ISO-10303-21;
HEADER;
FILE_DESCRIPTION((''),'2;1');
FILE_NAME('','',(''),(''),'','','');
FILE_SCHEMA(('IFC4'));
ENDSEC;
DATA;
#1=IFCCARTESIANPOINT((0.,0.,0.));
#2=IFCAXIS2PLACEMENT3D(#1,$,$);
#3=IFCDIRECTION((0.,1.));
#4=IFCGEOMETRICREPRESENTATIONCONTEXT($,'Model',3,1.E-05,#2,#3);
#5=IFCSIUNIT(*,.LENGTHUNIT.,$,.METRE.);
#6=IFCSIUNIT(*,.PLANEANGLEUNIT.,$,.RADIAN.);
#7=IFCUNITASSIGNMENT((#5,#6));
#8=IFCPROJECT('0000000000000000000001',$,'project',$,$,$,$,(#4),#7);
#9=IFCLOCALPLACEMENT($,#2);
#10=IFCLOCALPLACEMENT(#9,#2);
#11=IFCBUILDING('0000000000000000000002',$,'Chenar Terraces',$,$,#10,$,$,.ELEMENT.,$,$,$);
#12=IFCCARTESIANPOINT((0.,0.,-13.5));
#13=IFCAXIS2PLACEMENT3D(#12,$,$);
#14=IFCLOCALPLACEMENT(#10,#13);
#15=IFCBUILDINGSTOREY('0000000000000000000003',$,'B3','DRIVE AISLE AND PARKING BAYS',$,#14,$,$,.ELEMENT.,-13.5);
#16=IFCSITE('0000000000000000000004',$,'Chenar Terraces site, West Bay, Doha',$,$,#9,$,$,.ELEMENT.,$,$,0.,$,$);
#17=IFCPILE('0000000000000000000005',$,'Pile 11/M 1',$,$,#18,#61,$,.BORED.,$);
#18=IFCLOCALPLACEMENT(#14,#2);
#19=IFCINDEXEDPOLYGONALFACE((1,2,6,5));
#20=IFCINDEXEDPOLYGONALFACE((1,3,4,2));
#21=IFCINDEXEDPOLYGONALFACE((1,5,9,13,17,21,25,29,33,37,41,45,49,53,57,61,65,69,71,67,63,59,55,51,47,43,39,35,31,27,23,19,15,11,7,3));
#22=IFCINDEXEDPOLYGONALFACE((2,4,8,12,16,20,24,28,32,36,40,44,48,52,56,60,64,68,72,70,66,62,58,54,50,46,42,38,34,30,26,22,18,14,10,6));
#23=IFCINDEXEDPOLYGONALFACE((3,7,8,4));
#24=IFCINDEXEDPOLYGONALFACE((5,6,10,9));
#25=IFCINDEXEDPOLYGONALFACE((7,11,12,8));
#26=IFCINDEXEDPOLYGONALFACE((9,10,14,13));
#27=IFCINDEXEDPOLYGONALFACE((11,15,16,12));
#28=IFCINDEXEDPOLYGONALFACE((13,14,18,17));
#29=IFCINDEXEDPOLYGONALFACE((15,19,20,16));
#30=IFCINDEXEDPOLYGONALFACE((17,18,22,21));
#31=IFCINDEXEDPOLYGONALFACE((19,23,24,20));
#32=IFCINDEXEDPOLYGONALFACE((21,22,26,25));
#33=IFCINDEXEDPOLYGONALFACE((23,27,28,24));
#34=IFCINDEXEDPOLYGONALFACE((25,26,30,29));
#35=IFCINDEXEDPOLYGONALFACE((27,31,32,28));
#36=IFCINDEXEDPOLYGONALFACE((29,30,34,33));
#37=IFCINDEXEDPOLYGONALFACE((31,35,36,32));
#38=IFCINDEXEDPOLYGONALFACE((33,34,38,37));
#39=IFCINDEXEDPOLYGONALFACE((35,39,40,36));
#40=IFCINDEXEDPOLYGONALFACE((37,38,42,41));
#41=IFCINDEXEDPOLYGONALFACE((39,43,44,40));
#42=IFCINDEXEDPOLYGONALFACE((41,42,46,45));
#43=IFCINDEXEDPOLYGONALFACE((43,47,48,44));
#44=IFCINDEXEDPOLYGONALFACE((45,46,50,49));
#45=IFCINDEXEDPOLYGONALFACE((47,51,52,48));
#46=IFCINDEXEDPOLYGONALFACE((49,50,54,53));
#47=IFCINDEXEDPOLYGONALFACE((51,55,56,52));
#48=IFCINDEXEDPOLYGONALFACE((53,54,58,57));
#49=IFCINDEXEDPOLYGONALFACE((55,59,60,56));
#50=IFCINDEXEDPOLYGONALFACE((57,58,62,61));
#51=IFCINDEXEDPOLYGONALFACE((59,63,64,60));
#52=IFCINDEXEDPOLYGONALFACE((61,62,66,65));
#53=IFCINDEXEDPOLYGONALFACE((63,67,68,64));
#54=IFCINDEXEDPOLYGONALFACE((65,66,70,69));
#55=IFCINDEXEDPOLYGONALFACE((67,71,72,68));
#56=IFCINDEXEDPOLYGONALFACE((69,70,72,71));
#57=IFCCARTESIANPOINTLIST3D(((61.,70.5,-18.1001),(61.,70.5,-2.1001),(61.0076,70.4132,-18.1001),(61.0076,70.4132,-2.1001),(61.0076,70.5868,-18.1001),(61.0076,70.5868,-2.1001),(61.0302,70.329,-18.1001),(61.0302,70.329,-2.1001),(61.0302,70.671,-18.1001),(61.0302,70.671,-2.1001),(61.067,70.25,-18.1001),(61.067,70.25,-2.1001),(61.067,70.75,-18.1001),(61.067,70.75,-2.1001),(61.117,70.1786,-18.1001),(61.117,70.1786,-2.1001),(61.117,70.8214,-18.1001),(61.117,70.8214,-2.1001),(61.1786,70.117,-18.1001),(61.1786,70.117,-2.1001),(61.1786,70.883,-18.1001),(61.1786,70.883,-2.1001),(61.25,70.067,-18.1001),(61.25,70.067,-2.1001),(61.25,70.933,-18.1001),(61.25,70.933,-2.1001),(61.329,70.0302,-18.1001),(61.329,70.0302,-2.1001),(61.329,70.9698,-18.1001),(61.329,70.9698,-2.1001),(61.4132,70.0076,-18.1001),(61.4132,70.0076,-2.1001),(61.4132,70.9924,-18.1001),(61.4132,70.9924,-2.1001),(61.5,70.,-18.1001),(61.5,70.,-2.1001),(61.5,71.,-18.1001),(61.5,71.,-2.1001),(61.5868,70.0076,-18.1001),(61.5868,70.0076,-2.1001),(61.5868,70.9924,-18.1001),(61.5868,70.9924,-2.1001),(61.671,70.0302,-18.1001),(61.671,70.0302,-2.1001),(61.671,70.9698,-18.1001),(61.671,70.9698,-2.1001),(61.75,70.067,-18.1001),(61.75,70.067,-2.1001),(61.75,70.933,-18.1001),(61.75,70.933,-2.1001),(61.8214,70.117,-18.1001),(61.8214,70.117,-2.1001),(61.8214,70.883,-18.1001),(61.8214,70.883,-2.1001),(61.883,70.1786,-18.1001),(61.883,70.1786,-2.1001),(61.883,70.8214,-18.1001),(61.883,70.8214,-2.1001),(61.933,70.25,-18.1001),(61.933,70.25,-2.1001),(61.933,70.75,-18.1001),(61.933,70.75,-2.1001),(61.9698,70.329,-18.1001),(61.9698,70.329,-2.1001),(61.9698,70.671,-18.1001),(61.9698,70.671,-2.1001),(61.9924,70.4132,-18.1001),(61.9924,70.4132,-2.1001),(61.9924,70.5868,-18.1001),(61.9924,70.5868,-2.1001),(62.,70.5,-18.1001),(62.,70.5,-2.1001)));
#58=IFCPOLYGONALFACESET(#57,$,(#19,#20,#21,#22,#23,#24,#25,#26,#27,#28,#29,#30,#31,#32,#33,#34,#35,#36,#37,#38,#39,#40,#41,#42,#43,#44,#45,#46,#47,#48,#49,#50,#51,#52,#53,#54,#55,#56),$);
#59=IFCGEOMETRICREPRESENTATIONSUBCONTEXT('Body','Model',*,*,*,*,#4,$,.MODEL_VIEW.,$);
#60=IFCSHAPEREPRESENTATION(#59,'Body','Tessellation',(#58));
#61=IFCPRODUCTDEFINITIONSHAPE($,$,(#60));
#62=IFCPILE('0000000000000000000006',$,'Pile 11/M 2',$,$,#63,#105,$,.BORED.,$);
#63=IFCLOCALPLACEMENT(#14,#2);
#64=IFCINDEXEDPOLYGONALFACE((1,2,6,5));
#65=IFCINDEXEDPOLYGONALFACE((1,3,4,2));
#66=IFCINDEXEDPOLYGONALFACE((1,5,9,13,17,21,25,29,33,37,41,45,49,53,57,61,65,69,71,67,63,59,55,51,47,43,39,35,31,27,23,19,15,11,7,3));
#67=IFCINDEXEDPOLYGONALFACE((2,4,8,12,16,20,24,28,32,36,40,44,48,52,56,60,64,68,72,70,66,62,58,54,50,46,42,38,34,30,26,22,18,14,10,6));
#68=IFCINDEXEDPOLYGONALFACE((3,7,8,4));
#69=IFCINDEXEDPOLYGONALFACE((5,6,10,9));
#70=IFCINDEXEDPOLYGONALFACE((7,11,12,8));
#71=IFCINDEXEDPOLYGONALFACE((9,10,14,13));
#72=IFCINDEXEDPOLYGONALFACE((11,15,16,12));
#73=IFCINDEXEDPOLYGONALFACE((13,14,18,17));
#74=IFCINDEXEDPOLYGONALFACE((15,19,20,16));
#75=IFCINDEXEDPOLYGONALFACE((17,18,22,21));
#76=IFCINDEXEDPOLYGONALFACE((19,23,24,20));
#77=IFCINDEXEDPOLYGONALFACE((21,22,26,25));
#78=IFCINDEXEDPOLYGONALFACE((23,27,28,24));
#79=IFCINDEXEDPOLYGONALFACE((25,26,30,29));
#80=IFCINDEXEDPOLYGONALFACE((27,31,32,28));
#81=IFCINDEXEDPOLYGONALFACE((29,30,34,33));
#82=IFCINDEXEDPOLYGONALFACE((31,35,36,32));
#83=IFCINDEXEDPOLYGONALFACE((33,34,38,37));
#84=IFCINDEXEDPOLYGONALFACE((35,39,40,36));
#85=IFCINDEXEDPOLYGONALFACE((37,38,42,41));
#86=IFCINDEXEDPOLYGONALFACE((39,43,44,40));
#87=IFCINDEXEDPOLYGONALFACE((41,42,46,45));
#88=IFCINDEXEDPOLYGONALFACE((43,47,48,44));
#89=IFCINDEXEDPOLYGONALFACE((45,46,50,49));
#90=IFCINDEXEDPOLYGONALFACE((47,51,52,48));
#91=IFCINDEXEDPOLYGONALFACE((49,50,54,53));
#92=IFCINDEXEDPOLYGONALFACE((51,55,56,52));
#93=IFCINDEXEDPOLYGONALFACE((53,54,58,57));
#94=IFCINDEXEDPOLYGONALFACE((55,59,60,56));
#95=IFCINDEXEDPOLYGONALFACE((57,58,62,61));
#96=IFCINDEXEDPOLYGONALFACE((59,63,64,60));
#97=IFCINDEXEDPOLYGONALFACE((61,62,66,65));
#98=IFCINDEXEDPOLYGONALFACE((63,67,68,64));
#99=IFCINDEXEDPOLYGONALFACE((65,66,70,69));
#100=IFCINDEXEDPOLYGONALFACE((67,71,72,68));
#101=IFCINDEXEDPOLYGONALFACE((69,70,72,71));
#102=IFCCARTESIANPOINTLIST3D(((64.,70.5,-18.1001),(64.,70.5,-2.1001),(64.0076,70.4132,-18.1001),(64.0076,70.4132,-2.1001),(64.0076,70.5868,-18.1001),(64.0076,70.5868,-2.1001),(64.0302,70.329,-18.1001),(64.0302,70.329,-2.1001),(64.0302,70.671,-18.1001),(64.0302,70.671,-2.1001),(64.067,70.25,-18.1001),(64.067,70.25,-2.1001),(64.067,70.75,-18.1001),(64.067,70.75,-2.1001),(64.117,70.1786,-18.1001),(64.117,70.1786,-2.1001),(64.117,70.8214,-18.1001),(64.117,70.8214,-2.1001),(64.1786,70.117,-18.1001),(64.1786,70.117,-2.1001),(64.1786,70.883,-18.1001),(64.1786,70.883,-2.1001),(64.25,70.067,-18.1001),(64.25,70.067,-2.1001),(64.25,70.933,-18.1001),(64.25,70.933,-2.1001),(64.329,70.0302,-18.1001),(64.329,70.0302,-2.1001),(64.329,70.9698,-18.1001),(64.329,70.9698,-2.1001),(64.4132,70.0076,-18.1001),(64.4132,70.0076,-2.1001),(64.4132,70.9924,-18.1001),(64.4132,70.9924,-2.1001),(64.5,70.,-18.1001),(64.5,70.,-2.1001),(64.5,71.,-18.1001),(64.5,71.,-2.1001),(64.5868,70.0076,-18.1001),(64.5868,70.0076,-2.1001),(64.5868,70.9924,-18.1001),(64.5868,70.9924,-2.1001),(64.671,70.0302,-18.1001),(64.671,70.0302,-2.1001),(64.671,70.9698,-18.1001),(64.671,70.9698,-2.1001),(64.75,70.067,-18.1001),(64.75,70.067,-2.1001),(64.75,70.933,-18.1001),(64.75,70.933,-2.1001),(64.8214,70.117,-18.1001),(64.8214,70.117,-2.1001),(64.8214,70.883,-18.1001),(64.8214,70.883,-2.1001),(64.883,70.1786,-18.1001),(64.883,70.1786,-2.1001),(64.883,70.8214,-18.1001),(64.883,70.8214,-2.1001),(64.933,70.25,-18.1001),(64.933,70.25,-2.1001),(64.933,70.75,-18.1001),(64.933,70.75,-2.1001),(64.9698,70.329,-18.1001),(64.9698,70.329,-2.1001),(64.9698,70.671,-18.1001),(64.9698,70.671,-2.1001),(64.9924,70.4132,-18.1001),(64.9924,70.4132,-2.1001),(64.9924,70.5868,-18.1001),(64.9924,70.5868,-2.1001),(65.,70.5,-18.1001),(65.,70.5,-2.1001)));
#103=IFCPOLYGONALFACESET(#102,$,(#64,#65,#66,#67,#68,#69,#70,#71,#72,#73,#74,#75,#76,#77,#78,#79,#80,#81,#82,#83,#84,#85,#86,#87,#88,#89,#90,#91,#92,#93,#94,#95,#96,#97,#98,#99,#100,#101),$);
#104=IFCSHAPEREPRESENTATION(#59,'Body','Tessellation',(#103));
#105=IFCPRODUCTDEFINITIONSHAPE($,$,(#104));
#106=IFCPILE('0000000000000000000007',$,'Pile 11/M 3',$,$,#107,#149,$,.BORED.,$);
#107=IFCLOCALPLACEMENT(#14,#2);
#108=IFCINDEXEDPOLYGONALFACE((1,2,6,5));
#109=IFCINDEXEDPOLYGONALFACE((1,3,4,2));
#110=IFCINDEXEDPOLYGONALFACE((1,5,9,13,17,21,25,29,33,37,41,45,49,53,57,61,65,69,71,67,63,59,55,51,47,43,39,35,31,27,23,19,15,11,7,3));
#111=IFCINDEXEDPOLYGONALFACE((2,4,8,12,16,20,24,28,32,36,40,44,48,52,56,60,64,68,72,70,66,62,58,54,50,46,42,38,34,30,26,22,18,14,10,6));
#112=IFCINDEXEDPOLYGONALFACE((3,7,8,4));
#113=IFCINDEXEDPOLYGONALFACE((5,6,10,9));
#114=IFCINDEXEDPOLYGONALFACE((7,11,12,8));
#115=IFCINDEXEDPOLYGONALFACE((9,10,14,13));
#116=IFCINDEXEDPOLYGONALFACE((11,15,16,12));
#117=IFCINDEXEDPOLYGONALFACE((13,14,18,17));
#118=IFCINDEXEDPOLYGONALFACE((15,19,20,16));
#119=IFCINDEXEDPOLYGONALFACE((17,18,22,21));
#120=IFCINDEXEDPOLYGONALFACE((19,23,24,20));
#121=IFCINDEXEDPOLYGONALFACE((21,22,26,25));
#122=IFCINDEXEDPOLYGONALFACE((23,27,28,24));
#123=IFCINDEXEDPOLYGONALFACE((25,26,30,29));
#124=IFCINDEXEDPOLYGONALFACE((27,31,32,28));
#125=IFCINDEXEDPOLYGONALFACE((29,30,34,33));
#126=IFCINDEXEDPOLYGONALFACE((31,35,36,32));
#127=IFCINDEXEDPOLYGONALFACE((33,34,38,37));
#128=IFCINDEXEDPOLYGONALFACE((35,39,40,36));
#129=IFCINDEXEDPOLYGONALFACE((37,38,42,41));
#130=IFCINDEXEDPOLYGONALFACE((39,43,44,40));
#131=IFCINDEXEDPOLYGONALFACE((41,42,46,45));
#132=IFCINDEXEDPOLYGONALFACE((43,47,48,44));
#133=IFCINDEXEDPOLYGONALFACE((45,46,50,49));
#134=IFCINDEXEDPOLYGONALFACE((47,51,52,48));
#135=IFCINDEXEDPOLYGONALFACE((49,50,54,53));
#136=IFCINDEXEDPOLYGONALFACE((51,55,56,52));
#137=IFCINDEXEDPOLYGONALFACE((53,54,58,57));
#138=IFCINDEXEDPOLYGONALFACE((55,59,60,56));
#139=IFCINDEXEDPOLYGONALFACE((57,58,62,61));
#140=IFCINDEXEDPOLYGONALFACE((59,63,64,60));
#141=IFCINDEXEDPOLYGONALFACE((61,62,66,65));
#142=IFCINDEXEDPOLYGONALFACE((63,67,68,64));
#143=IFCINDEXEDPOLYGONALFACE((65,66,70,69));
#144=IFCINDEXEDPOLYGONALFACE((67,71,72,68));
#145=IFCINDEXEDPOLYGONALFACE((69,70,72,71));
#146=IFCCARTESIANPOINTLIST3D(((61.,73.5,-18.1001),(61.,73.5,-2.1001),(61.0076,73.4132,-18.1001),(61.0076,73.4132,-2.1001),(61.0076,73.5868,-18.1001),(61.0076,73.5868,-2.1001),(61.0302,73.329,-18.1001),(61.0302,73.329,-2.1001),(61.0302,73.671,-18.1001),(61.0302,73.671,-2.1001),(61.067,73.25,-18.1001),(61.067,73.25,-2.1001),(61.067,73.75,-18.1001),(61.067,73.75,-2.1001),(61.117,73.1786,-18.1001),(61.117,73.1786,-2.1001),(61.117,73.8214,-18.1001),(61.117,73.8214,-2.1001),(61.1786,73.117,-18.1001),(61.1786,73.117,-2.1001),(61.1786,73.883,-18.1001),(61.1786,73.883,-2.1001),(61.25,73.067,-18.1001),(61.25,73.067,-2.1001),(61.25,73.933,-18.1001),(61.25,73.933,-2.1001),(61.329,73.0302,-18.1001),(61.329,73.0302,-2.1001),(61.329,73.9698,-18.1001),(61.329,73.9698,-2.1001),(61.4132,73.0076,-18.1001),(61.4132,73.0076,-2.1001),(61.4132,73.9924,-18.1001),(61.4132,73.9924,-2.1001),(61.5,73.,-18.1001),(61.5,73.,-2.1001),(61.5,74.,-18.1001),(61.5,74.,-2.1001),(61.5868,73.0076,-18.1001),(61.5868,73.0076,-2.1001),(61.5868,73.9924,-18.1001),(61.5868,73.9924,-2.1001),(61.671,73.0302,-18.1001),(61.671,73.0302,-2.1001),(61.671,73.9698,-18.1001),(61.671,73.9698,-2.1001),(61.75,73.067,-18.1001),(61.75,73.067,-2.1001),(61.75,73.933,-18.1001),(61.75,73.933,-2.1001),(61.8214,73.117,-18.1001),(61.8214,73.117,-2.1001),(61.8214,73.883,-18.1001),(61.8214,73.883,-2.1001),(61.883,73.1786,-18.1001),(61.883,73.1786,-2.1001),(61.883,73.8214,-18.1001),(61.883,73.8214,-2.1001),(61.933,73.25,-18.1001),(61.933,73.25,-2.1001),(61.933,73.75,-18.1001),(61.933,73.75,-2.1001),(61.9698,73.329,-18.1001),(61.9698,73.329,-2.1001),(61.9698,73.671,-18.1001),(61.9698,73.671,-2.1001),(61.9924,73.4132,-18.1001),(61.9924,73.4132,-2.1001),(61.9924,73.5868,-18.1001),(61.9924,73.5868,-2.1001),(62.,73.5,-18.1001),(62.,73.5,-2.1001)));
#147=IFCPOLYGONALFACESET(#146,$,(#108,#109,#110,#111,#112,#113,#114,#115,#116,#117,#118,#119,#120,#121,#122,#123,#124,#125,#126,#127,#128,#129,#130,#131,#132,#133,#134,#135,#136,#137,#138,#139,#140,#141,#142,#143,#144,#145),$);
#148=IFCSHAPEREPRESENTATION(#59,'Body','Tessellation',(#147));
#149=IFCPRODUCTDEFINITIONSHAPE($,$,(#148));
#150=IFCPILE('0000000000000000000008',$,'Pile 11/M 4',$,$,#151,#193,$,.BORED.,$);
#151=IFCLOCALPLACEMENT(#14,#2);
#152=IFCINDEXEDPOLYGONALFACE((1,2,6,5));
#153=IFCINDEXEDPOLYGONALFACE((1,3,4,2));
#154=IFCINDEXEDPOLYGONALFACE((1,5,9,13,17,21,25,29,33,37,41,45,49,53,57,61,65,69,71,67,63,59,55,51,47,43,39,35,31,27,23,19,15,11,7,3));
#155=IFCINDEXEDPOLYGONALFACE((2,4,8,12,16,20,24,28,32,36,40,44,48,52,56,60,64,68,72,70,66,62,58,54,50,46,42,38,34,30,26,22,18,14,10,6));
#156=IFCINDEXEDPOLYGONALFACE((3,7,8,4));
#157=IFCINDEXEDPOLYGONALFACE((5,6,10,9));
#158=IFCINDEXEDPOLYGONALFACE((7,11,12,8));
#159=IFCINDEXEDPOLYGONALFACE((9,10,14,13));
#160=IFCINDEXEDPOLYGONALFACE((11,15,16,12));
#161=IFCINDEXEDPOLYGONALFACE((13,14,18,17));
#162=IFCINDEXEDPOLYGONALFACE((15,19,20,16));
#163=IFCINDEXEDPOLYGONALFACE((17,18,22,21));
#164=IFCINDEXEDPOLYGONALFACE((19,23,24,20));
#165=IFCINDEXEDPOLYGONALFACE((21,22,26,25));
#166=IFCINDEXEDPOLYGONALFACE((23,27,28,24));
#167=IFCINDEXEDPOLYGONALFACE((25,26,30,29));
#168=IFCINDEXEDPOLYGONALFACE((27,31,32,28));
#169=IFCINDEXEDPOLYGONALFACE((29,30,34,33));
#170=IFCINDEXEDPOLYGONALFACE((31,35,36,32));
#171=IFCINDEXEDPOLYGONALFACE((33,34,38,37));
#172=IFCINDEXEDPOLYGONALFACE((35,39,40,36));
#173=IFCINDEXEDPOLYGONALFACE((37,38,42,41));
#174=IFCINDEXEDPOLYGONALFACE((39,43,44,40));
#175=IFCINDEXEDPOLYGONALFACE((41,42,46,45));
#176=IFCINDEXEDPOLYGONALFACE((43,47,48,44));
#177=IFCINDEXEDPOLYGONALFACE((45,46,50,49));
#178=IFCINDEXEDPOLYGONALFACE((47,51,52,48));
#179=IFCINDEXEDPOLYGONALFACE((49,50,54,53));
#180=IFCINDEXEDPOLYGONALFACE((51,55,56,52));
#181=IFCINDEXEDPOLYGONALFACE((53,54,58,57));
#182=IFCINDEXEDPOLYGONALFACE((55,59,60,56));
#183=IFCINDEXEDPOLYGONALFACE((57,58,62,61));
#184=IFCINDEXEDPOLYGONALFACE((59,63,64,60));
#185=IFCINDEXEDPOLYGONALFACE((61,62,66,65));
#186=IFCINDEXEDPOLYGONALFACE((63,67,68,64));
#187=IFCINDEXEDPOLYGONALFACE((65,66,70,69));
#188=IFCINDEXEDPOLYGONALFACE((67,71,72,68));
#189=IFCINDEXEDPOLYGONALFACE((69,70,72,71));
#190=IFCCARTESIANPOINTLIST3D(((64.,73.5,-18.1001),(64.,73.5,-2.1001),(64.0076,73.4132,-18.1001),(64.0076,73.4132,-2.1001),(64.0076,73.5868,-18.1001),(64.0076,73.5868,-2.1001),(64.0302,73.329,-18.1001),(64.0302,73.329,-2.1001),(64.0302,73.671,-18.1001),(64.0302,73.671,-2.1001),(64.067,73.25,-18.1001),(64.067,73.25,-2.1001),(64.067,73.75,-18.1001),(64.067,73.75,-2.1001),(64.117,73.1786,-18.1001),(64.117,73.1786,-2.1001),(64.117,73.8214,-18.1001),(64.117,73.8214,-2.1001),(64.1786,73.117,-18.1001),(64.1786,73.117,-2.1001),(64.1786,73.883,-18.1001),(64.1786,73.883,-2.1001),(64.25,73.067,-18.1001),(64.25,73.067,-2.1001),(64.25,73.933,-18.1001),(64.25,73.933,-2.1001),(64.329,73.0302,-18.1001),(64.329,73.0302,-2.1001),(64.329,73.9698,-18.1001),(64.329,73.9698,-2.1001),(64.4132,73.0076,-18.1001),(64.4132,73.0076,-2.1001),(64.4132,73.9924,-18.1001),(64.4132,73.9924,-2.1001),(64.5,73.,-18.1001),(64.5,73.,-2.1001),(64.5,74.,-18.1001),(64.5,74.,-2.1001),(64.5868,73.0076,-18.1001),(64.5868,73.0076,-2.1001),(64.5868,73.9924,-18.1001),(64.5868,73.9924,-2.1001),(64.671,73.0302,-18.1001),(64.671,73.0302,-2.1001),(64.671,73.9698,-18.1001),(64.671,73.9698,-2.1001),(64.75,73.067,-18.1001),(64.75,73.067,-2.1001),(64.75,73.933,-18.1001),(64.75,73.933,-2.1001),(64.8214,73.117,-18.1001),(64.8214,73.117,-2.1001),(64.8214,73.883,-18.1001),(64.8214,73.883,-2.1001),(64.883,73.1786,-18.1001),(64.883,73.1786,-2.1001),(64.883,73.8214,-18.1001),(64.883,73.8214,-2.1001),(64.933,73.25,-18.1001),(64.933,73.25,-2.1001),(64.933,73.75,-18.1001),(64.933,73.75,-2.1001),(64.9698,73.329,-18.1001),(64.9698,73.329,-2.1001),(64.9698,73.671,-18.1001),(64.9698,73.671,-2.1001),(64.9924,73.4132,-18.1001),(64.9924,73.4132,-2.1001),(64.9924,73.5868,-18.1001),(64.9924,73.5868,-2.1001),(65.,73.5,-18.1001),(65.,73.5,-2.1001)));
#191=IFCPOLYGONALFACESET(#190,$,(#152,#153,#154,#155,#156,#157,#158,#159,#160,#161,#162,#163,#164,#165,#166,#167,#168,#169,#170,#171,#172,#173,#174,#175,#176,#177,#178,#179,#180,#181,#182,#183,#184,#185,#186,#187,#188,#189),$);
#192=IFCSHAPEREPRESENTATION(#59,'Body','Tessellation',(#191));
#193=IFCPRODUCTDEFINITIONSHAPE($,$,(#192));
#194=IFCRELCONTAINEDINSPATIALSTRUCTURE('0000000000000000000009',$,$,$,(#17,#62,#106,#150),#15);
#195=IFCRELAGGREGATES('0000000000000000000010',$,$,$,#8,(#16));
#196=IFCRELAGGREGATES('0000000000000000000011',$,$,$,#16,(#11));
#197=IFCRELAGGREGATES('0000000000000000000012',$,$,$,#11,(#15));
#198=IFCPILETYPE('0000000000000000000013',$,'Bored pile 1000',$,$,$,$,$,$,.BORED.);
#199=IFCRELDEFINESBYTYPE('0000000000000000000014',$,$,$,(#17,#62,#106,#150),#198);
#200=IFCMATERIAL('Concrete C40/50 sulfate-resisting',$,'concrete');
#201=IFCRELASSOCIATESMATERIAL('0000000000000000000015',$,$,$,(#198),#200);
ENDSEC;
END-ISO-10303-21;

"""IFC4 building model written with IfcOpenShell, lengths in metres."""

from ifc_helpers import new_model, si_unit, direction, frame, origin, origin_2d, place, context, subcontext, project, spatial, circle, extrude, material, material_profile, profile_set, type_object, element, save


model = new_model("IFC4")

# Units and contexts
model_context = context("Model", 3, precision=1e-05, world=origin(), true_north=direction((0.0, 1.0)))
body_context = subcontext(model_context, "Body", "Model", "MODEL_VIEW")
ifc_project = project(units=[si_unit("LENGTHUNIT", "METRE"), si_unit("PLANEANGLEUNIT", "RADIAN")], contexts=[model_context])

# Site, building, storey
site_placement = place(None, origin())
site = spatial("IfcSite", under=ifc_project, at=site_placement, Name="Chenar Terraces site, West Bay, Doha", CompositionType="ELEMENT", RefElevation=0.0)
building_placement = place(site_placement, origin())
building = spatial("IfcBuilding", under=site, at=building_placement, Name="Chenar Terraces", CompositionType="ELEMENT")
storey_placement = place(building_placement, frame((0.0, 0.0, -13.5)))
storey = spatial("IfcBuildingStorey", under=building, at=storey_placement, Name="B3", Description="DRIVE AISLE AND PARKING BAYS", CompositionType="ELEMENT", Elevation=-13.5)

# Piles
ifc_material_1 = material(Name="Concrete C40/50 sulfate-resisting", Category="concrete")
ifc_material_profile_1 = material_profile(ifc_material_1, circle(Radius=0.5, at=origin_2d()), Name="BP 1000")
ifc_profile_set_1 = profile_set([ifc_material_profile_1], Name="Concrete C40/50 sulfate-resisting")
pile_type = type_object("IfcPileType", Name="Bored pile 1000", PredefinedType="BORED", material=ifc_profile_set_1)
for number, where, z_axis, x_axis, name in (
    (1, (61.5, 70.5, -2.1001), (0.0, 0.0, -1.0), (1.0, 0.0, 0.0), "Pile 11/M 1"),
    (2, (64.5, 70.5, -2.1001), (0.0, 0.0, -1.0), (1.0, 0.0, 0.0), "Pile 11/M 2"),
    (3, (61.5, 73.5, -2.1001), (0.0, 0.0, -1.0), (1.0, 0.0, 0.0), "Pile 11/M 3"),
    (4, (64.5, 73.5, -2.1001), (0.0, 0.0, -1.0), (1.0, 0.0, 0.0), "Pile 11/M 4"),
):
    element("IfcPile", number, at=place(storey_placement, frame(where, z_axis=z_axis, x_axis=x_axis)), inside=storey, type_object=pile_type, Name=name, PredefinedType="BORED", context=body_context, shape_type="SweptSolid", body=[
        extrude(circle(Radius=0.5, at=origin_2d()), origin(), (0.0, 0.0, 1.0), 16.0),
    ])

save(model, "model.ifc")
